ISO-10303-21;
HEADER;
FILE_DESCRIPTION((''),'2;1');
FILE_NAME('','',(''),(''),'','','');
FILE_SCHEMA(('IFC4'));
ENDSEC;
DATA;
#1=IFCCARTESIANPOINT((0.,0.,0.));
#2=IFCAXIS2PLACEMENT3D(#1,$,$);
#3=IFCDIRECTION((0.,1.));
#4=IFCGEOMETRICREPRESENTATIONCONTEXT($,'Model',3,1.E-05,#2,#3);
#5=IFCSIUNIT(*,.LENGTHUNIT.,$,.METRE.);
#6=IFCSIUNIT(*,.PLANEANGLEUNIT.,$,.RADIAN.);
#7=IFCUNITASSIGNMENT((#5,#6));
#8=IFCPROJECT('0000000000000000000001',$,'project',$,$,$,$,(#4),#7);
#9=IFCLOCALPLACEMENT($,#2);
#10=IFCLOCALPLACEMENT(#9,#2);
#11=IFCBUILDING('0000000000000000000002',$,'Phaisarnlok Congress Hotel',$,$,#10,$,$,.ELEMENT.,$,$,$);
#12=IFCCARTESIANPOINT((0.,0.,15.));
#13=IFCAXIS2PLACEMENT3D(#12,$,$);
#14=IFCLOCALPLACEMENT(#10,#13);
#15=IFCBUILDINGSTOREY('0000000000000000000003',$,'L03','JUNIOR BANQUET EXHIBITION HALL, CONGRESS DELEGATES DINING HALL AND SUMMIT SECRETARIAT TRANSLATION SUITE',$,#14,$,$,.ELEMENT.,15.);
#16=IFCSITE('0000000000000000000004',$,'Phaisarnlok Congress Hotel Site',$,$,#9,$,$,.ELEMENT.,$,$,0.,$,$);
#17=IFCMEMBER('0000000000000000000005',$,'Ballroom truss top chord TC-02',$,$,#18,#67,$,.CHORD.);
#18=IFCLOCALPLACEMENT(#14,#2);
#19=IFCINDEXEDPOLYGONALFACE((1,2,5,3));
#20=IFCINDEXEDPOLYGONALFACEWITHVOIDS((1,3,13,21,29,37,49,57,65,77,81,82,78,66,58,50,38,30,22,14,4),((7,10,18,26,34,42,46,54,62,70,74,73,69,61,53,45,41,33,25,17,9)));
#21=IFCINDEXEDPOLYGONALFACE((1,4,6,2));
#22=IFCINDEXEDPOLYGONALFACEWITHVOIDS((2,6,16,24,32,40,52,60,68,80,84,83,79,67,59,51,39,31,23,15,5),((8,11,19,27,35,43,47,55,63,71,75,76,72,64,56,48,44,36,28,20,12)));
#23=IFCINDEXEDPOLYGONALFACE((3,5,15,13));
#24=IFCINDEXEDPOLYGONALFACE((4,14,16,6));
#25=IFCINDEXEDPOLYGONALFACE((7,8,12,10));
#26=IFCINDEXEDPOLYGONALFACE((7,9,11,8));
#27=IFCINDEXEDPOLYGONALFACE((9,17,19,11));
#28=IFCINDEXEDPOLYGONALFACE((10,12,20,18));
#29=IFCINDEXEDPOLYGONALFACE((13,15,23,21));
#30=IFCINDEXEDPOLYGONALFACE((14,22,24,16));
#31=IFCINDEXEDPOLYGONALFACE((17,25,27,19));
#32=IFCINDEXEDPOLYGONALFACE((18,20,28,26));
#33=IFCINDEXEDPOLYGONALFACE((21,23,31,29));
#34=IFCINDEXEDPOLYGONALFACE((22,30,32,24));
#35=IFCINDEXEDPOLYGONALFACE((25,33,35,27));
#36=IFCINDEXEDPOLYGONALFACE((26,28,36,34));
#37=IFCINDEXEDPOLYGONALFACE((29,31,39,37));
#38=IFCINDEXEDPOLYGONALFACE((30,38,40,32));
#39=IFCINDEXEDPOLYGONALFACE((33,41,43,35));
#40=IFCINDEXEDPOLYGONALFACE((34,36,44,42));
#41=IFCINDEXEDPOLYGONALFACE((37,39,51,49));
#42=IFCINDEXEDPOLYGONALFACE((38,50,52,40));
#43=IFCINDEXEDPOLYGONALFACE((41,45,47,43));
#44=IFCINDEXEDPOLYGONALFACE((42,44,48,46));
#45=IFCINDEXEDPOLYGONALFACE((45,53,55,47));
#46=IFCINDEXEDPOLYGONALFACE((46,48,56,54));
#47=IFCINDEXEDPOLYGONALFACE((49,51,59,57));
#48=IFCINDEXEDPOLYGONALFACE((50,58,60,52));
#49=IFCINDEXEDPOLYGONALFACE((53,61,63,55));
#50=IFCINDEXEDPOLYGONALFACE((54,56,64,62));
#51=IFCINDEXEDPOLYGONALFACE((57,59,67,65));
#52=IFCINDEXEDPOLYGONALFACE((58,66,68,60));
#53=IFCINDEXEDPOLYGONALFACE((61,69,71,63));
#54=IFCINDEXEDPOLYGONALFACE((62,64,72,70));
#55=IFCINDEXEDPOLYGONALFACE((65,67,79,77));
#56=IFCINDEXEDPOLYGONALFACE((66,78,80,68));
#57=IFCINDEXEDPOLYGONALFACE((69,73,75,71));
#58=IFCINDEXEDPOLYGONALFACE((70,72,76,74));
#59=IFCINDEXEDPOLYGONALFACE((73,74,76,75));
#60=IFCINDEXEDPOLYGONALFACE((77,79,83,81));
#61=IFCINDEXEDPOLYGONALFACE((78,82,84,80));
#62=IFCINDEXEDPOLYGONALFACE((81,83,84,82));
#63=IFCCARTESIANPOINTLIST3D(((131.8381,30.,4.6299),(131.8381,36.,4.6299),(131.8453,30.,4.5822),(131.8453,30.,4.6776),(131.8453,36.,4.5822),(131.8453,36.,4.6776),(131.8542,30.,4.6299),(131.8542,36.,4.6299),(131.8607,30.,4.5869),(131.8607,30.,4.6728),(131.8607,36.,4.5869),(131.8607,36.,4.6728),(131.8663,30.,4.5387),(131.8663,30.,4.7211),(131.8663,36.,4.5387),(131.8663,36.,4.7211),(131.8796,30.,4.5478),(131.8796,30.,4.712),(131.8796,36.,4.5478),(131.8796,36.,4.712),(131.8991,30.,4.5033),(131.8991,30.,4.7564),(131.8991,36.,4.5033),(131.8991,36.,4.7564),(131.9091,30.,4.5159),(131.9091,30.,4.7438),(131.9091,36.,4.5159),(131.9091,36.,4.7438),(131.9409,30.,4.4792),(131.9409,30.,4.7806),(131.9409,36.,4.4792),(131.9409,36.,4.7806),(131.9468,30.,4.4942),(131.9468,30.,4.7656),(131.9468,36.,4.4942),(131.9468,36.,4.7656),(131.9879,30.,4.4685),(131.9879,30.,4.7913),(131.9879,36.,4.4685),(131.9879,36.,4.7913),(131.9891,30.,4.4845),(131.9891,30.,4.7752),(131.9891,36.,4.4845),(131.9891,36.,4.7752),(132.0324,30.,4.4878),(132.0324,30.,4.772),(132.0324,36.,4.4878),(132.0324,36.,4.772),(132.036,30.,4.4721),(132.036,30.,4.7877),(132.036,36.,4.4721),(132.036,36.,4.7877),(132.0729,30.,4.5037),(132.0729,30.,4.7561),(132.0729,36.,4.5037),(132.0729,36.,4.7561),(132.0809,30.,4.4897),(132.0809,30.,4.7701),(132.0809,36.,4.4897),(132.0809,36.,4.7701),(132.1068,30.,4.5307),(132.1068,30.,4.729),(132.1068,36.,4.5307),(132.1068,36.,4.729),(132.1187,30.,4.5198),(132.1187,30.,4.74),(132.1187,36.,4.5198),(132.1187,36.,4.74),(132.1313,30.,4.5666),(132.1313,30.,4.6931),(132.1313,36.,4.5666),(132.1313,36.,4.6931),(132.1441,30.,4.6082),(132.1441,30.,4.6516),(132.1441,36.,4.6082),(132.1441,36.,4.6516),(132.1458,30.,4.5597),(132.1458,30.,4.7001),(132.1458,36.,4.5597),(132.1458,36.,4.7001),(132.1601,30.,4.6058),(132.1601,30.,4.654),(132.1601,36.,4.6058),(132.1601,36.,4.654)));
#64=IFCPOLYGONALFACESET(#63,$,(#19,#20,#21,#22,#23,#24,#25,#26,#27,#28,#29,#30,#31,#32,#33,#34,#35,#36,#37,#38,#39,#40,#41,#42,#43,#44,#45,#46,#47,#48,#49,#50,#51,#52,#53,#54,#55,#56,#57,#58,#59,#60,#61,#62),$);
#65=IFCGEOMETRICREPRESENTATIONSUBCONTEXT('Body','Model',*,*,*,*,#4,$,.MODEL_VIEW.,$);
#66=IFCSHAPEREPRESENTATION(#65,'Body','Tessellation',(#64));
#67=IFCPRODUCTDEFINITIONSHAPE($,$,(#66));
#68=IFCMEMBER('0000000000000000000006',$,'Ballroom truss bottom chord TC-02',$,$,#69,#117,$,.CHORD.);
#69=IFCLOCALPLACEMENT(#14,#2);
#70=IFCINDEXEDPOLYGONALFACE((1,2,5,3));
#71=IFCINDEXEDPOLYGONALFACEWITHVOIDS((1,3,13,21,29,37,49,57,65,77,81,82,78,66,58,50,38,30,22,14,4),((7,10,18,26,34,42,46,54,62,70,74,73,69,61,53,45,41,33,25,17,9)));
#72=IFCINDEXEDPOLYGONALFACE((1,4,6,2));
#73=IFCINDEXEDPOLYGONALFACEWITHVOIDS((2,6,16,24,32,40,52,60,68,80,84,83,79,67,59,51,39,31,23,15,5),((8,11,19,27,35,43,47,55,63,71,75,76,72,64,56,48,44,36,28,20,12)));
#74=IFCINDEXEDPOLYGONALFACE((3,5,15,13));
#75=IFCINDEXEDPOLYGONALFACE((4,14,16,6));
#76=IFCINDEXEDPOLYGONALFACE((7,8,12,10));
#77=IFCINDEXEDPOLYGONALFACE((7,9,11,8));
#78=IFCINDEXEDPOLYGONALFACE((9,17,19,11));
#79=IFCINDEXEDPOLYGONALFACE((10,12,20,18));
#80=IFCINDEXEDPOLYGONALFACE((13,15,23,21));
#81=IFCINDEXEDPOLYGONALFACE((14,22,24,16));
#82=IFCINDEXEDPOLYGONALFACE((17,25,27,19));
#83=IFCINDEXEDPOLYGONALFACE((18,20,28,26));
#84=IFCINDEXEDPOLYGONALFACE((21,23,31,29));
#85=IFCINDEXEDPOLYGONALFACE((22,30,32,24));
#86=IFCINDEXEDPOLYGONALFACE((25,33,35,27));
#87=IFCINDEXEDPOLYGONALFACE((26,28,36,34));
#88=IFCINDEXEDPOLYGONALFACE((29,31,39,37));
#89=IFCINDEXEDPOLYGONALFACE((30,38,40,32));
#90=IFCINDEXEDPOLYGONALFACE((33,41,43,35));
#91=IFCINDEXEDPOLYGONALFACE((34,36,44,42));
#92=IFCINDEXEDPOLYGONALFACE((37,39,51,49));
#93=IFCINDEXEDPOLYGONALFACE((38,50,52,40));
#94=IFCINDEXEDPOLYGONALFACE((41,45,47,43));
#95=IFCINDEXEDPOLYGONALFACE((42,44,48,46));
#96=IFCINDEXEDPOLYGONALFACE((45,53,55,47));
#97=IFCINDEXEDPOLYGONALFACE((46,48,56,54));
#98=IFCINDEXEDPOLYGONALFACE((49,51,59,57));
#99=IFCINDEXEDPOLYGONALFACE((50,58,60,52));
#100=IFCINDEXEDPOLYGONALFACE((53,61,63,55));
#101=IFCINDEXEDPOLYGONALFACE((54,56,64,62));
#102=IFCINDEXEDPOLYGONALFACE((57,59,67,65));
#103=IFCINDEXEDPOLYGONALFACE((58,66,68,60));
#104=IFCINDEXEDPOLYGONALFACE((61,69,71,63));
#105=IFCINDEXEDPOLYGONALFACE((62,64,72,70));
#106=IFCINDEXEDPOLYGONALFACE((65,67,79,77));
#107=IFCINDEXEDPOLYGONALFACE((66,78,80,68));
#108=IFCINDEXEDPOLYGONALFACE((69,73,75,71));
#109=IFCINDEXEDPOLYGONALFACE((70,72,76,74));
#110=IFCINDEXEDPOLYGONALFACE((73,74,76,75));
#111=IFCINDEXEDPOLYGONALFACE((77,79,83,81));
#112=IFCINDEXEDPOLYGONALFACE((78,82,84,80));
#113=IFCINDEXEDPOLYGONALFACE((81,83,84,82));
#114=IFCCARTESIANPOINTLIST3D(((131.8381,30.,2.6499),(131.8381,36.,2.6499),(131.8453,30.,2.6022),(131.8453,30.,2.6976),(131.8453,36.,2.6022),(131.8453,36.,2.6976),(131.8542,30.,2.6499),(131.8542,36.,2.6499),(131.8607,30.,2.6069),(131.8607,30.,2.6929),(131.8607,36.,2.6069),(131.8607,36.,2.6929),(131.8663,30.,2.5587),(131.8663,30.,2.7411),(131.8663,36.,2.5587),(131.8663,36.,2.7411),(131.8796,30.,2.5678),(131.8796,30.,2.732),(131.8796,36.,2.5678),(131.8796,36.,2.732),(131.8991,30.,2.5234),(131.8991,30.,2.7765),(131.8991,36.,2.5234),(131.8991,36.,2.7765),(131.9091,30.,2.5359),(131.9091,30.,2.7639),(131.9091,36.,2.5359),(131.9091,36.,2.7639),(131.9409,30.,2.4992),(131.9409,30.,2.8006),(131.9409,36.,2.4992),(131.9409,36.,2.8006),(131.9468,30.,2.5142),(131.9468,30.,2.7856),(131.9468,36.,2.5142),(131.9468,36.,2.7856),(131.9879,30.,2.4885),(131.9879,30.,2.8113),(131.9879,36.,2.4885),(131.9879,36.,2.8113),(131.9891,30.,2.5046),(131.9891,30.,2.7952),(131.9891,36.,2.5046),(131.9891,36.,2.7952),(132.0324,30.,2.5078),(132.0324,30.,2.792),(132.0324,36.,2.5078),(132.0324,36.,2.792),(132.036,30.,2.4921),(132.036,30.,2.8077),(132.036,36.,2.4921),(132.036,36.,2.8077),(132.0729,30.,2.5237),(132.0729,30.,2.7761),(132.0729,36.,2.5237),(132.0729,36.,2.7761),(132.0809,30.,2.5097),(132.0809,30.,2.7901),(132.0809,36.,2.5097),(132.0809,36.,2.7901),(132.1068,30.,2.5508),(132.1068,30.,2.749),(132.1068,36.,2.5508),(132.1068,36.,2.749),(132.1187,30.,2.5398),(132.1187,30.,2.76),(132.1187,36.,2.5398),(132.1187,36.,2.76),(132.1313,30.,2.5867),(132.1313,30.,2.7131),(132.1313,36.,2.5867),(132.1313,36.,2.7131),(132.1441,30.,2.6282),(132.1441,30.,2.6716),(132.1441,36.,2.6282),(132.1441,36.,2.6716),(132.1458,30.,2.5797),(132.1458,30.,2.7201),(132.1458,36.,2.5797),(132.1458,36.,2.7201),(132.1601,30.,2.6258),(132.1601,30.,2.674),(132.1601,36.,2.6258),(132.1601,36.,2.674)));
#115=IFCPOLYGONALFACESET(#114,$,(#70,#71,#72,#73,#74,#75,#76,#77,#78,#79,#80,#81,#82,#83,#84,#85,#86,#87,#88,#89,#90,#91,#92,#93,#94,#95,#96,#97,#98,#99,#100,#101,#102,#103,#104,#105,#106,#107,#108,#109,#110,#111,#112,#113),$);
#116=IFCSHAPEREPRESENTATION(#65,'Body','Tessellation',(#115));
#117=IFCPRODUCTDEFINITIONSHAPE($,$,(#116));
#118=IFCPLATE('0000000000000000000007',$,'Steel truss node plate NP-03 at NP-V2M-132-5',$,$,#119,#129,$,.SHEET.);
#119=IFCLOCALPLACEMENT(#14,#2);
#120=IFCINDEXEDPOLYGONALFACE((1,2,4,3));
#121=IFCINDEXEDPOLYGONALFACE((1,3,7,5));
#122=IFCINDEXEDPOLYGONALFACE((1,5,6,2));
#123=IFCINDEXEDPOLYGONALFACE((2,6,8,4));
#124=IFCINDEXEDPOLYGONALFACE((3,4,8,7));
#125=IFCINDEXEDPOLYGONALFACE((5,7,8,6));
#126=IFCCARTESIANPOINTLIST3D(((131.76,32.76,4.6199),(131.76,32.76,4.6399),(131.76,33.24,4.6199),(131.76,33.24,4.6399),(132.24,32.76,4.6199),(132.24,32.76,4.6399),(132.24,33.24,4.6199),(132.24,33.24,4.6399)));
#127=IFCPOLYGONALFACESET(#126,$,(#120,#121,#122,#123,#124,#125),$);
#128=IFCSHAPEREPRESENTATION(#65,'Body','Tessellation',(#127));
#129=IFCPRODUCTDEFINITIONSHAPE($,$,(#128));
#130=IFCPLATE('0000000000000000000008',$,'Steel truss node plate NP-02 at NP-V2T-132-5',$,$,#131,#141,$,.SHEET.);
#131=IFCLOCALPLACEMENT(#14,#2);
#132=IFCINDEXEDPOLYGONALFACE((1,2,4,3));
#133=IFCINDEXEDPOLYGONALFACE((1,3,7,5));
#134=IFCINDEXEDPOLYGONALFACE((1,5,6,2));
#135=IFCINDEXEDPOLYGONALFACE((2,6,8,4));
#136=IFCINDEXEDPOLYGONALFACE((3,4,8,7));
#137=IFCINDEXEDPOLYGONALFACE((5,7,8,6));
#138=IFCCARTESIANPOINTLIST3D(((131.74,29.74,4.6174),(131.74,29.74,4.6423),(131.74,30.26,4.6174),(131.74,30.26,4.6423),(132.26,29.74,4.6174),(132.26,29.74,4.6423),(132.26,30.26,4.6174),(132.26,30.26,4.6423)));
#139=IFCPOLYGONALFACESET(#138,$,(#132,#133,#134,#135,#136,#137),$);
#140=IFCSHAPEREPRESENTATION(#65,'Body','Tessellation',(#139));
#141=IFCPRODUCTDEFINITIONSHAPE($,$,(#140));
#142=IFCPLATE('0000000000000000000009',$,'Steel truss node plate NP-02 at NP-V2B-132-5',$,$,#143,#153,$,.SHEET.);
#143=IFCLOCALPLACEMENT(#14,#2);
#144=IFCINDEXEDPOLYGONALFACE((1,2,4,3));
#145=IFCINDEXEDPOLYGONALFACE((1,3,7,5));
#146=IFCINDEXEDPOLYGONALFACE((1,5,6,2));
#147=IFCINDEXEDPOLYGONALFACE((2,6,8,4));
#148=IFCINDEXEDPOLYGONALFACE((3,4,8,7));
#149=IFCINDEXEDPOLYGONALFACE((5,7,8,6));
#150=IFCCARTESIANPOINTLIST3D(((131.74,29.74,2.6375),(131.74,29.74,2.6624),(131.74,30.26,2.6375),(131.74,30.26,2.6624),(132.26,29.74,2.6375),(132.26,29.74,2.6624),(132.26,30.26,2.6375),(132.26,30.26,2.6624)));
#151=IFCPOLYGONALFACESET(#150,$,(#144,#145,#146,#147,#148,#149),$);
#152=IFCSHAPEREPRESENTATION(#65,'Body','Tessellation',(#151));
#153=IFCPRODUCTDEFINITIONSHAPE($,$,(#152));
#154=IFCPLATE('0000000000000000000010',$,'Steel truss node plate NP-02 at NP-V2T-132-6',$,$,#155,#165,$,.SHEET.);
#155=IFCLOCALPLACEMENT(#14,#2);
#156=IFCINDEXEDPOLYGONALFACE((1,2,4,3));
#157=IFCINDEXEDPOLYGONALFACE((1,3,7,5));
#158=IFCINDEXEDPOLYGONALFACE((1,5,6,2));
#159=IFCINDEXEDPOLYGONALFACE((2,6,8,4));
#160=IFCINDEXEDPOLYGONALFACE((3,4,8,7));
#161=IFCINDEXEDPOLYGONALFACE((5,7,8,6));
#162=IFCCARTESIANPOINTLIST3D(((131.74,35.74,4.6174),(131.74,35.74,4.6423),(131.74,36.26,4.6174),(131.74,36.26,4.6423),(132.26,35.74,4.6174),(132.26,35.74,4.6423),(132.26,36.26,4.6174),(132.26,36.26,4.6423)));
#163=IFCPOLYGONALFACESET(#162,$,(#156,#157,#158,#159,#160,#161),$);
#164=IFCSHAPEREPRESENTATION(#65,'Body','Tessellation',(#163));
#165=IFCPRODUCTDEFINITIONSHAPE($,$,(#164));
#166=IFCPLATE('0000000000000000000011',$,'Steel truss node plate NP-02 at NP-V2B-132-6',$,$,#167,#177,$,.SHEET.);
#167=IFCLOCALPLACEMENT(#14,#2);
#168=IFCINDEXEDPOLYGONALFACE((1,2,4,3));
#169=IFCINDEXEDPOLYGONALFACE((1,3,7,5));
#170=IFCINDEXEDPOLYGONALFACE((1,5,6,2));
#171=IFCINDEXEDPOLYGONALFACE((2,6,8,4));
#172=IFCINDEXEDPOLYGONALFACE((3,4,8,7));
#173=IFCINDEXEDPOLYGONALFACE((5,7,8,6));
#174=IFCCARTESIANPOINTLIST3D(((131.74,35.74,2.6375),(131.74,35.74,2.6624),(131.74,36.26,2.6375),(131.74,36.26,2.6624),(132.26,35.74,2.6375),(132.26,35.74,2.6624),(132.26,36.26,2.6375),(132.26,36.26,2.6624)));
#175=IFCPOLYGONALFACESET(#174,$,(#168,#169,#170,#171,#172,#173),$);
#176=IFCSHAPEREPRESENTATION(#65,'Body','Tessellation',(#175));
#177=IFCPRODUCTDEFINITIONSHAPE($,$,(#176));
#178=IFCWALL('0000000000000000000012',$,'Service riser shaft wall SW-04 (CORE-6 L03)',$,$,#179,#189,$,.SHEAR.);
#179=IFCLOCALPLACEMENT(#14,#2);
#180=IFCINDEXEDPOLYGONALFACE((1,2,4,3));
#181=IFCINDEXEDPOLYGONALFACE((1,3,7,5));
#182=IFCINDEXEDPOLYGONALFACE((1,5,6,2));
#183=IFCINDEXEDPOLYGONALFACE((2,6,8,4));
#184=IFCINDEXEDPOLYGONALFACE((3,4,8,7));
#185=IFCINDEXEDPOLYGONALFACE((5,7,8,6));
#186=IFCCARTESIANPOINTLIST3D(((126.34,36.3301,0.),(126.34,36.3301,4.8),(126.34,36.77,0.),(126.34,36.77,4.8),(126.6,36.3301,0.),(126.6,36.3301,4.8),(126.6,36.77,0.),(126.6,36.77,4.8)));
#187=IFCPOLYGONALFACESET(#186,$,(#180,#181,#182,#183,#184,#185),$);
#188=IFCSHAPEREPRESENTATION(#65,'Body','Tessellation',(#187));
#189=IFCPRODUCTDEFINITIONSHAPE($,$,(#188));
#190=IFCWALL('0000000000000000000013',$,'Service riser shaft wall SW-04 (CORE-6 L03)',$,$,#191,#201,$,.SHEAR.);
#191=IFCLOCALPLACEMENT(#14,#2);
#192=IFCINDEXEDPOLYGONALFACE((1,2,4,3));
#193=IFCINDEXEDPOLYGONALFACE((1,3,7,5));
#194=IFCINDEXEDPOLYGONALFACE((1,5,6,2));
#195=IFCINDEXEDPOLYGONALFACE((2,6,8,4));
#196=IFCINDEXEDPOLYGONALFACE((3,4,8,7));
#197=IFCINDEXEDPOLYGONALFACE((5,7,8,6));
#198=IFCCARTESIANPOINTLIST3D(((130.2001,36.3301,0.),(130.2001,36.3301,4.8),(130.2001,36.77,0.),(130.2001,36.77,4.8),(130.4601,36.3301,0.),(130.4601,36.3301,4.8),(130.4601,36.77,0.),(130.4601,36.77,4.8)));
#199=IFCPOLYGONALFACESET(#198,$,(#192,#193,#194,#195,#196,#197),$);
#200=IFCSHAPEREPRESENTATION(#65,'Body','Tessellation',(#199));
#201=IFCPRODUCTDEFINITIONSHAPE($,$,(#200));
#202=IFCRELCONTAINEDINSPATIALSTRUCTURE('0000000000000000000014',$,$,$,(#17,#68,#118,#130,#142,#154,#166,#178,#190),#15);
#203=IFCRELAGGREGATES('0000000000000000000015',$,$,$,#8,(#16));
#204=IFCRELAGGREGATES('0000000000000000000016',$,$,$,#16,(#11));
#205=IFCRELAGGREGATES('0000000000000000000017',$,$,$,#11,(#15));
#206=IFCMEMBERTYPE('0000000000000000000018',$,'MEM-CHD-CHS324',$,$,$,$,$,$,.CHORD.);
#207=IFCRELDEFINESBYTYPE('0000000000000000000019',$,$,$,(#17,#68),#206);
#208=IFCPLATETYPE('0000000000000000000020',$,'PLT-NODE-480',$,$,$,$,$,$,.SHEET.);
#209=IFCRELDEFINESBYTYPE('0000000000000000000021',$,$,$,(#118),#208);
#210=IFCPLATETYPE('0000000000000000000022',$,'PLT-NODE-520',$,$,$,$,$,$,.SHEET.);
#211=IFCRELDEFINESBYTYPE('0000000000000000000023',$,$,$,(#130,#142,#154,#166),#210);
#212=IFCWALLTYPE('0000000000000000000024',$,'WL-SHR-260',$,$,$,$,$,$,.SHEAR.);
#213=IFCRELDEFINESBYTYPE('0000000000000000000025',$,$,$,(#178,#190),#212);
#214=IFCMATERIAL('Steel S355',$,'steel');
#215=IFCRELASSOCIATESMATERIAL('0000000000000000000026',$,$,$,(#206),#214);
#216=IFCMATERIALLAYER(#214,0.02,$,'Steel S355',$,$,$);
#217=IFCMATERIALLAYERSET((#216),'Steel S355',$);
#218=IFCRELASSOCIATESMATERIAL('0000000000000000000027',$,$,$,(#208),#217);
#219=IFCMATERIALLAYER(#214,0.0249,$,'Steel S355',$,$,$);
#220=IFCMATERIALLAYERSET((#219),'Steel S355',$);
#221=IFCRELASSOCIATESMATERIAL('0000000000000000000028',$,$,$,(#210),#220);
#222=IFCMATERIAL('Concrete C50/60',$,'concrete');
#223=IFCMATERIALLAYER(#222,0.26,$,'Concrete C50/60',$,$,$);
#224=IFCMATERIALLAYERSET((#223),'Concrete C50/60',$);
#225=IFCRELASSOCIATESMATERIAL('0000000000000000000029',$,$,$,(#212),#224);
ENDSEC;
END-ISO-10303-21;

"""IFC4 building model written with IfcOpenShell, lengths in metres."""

from ifc_helpers import new_model, si_unit, direction, frame, frame_2d, origin, origin_2d, place, context, subcontext, project, spatial, rectangle, hollow_circle, extrude, material, layer, layer_set, material_profile, profile_set, type_object, element, save


model = new_model("IFC4")

# Units and contexts
model_context = context("Model", 3, precision=1e-05, world=origin(), true_north=direction((0.0, 1.0)))
body_context = subcontext(model_context, "Body", "Model", "MODEL_VIEW")
ifc_project = project(units=[si_unit("LENGTHUNIT", "METRE"), si_unit("PLANEANGLEUNIT", "RADIAN")], contexts=[model_context])

# Site, building, storey
site_placement = place(None, origin())
site = spatial("IfcSite", under=ifc_project, at=site_placement, Name="Phaisarnlok Congress Hotel Site", CompositionType="ELEMENT", RefElevation=0.0)
building_placement = place(site_placement, origin())
building = spatial("IfcBuilding", under=site, at=building_placement, Name="Phaisarnlok Congress Hotel", CompositionType="ELEMENT")
storey_placement = place(building_placement, frame((0.0, 0.0, 15.0)))
storey = spatial("IfcBuildingStorey", under=building, at=storey_placement, Name="L03", Description="JUNIOR BANQUET EXHIBITION HALL, CONGRESS DELEGATES DINING HALL AND SUMMIT SECRETARIAT TRANSLATION SUITE", CompositionType="ELEMENT", Elevation=15.0)

# Shared definitions
ifc_material_1 = material(Name="Steel S355", Category="steel")

# Members
ifc_material_profile_1 = material_profile(ifc_material_1, hollow_circle(Radius=0.1619, WallThickness=0.0161, at=origin_2d()), Name="CHS 323.9x16")
ifc_profile_set_1 = profile_set([ifc_material_profile_1], Name="Steel S355")
member_type_1 = type_object("IfcMemberType", Name="MEM-CHD-CHS324", PredefinedType="CHORD", material=ifc_profile_set_1)
for number, where, z_axis, x_axis, name in (
    (1, (132.0, 30.0, 4.6299), (0.0, 1.0, 0.0), (-1.0, 0.0, 0.0), "Ballroom truss top chord TC-02"),
    (2, (132.0, 30.0, 2.6499), (0.0, 1.0, 0.0), (-1.0, 0.0, 0.0), "Ballroom truss bottom chord TC-02"),
):
    element("IfcMember", number, at=place(storey_placement, frame(where, z_axis=z_axis, x_axis=x_axis)), inside=storey, type_object=member_type_1, Name=name, PredefinedType="CHORD", context=body_context, shape_type="SweptSolid", body=[
        extrude(hollow_circle(Radius=0.1619, WallThickness=0.0161, at=origin_2d()), origin(), (0.0, 0.0, 1.0), 6.0),
    ])

# Plates
ifc_layer_1 = layer(ifc_material_1, 0.02, Name="Steel S355")
ifc_layer_set_1 = layer_set([ifc_layer_1], Name="Steel S355")
plate_type_1 = type_object("IfcPlateType", Name="PLT-NODE-480", PredefinedType="SHEET", material=ifc_layer_set_1)
plate_placement = place(storey_placement, frame((132.0, 33.0, 4.6199), z_axis=(0.0, 0.0, 1.0), x_axis=(1.0, 0.0, 0.0)))
element("IfcPlate", 3, at=plate_placement, inside=storey, type_object=plate_type_1, Name="Steel truss node plate NP-03 at NP-V2M-132-5", PredefinedType="SHEET", context=body_context, shape_type="SweptSolid", body=[
    extrude(rectangle(XDim=0.48, YDim=0.48, at=origin_2d()), origin(), (0.0, 0.0, 1.0), 0.02),
])
ifc_layer_2 = layer(ifc_material_1, 0.0249, Name="Steel S355")
ifc_layer_set_2 = layer_set([ifc_layer_2], Name="Steel S355")
plate_type_2 = type_object("IfcPlateType", Name="PLT-NODE-520", PredefinedType="SHEET", material=ifc_layer_set_2)
for number, where, z_axis, x_axis, name in (
    (4, (132.0, 30.0, 4.6174), (0.0, 0.0, 1.0), (1.0, 0.0, 0.0), "Steel truss node plate NP-02 at NP-V2T-132-5"),
    (5, (132.0, 30.0, 2.6375), (0.0, 0.0, 1.0), (1.0, 0.0, 0.0), "Steel truss node plate NP-02 at NP-V2B-132-5"),
    (6, (132.0, 36.0, 4.6174), (0.0, 0.0, 1.0), (1.0, 0.0, 0.0), "Steel truss node plate NP-02 at NP-V2T-132-6"),
    (7, (132.0, 36.0, 2.6375), (0.0, 0.0, 1.0), (1.0, 0.0, 0.0), "Steel truss node plate NP-02 at NP-V2B-132-6"),
):
    element("IfcPlate", number, at=place(storey_placement, frame(where, z_axis=z_axis, x_axis=x_axis)), inside=storey, type_object=plate_type_2, Name=name, PredefinedType="SHEET", context=body_context, shape_type="SweptSolid", body=[
        extrude(rectangle(XDim=0.52, YDim=0.52, at=origin_2d()), origin(), (0.0, 0.0, 1.0), 0.0249),
    ])

# Shared definitions
ifc_material_2 = material(Name="Concrete C50/60", Category="concrete")
ifc_layer_3 = layer(ifc_material_2, 0.26, Name="Concrete C50/60")
ifc_layer_set_3 = layer_set([ifc_layer_3], Name="Concrete C50/60")
wall_type_1 = type_object("IfcWallType", Name="WL-SHR-260", PredefinedType="SHEAR", material=ifc_layer_set_3)

# Walls
for number, where, z_axis, x_axis, name in (
    (8, (126.47, 36.3301, 0.0), (0.0, 0.0, 1.0), (0.0, 1.0, 0.0), "Service riser shaft wall SW-04 (CORE-6 L03)"),
    (9, (130.3301, 36.3301, 0.0), (0.0, 0.0, 1.0), (0.0, 1.0, 0.0), "Service riser shaft wall SW-04 (CORE-6 L03)"),
):
    element("IfcWall", number, at=place(storey_placement, frame(where, z_axis=z_axis, x_axis=x_axis)), inside=storey, type_object=wall_type_1, Name=name, PredefinedType="SHEAR", context=body_context, shape_type="SweptSolid", body=[
        extrude(rectangle(XDim=0.4399, YDim=0.26, at=frame_2d((0.22, 0.0))), origin(), (0.0, 0.0, 1.0), 4.8),
    ])

save(model, "model.ifc")
